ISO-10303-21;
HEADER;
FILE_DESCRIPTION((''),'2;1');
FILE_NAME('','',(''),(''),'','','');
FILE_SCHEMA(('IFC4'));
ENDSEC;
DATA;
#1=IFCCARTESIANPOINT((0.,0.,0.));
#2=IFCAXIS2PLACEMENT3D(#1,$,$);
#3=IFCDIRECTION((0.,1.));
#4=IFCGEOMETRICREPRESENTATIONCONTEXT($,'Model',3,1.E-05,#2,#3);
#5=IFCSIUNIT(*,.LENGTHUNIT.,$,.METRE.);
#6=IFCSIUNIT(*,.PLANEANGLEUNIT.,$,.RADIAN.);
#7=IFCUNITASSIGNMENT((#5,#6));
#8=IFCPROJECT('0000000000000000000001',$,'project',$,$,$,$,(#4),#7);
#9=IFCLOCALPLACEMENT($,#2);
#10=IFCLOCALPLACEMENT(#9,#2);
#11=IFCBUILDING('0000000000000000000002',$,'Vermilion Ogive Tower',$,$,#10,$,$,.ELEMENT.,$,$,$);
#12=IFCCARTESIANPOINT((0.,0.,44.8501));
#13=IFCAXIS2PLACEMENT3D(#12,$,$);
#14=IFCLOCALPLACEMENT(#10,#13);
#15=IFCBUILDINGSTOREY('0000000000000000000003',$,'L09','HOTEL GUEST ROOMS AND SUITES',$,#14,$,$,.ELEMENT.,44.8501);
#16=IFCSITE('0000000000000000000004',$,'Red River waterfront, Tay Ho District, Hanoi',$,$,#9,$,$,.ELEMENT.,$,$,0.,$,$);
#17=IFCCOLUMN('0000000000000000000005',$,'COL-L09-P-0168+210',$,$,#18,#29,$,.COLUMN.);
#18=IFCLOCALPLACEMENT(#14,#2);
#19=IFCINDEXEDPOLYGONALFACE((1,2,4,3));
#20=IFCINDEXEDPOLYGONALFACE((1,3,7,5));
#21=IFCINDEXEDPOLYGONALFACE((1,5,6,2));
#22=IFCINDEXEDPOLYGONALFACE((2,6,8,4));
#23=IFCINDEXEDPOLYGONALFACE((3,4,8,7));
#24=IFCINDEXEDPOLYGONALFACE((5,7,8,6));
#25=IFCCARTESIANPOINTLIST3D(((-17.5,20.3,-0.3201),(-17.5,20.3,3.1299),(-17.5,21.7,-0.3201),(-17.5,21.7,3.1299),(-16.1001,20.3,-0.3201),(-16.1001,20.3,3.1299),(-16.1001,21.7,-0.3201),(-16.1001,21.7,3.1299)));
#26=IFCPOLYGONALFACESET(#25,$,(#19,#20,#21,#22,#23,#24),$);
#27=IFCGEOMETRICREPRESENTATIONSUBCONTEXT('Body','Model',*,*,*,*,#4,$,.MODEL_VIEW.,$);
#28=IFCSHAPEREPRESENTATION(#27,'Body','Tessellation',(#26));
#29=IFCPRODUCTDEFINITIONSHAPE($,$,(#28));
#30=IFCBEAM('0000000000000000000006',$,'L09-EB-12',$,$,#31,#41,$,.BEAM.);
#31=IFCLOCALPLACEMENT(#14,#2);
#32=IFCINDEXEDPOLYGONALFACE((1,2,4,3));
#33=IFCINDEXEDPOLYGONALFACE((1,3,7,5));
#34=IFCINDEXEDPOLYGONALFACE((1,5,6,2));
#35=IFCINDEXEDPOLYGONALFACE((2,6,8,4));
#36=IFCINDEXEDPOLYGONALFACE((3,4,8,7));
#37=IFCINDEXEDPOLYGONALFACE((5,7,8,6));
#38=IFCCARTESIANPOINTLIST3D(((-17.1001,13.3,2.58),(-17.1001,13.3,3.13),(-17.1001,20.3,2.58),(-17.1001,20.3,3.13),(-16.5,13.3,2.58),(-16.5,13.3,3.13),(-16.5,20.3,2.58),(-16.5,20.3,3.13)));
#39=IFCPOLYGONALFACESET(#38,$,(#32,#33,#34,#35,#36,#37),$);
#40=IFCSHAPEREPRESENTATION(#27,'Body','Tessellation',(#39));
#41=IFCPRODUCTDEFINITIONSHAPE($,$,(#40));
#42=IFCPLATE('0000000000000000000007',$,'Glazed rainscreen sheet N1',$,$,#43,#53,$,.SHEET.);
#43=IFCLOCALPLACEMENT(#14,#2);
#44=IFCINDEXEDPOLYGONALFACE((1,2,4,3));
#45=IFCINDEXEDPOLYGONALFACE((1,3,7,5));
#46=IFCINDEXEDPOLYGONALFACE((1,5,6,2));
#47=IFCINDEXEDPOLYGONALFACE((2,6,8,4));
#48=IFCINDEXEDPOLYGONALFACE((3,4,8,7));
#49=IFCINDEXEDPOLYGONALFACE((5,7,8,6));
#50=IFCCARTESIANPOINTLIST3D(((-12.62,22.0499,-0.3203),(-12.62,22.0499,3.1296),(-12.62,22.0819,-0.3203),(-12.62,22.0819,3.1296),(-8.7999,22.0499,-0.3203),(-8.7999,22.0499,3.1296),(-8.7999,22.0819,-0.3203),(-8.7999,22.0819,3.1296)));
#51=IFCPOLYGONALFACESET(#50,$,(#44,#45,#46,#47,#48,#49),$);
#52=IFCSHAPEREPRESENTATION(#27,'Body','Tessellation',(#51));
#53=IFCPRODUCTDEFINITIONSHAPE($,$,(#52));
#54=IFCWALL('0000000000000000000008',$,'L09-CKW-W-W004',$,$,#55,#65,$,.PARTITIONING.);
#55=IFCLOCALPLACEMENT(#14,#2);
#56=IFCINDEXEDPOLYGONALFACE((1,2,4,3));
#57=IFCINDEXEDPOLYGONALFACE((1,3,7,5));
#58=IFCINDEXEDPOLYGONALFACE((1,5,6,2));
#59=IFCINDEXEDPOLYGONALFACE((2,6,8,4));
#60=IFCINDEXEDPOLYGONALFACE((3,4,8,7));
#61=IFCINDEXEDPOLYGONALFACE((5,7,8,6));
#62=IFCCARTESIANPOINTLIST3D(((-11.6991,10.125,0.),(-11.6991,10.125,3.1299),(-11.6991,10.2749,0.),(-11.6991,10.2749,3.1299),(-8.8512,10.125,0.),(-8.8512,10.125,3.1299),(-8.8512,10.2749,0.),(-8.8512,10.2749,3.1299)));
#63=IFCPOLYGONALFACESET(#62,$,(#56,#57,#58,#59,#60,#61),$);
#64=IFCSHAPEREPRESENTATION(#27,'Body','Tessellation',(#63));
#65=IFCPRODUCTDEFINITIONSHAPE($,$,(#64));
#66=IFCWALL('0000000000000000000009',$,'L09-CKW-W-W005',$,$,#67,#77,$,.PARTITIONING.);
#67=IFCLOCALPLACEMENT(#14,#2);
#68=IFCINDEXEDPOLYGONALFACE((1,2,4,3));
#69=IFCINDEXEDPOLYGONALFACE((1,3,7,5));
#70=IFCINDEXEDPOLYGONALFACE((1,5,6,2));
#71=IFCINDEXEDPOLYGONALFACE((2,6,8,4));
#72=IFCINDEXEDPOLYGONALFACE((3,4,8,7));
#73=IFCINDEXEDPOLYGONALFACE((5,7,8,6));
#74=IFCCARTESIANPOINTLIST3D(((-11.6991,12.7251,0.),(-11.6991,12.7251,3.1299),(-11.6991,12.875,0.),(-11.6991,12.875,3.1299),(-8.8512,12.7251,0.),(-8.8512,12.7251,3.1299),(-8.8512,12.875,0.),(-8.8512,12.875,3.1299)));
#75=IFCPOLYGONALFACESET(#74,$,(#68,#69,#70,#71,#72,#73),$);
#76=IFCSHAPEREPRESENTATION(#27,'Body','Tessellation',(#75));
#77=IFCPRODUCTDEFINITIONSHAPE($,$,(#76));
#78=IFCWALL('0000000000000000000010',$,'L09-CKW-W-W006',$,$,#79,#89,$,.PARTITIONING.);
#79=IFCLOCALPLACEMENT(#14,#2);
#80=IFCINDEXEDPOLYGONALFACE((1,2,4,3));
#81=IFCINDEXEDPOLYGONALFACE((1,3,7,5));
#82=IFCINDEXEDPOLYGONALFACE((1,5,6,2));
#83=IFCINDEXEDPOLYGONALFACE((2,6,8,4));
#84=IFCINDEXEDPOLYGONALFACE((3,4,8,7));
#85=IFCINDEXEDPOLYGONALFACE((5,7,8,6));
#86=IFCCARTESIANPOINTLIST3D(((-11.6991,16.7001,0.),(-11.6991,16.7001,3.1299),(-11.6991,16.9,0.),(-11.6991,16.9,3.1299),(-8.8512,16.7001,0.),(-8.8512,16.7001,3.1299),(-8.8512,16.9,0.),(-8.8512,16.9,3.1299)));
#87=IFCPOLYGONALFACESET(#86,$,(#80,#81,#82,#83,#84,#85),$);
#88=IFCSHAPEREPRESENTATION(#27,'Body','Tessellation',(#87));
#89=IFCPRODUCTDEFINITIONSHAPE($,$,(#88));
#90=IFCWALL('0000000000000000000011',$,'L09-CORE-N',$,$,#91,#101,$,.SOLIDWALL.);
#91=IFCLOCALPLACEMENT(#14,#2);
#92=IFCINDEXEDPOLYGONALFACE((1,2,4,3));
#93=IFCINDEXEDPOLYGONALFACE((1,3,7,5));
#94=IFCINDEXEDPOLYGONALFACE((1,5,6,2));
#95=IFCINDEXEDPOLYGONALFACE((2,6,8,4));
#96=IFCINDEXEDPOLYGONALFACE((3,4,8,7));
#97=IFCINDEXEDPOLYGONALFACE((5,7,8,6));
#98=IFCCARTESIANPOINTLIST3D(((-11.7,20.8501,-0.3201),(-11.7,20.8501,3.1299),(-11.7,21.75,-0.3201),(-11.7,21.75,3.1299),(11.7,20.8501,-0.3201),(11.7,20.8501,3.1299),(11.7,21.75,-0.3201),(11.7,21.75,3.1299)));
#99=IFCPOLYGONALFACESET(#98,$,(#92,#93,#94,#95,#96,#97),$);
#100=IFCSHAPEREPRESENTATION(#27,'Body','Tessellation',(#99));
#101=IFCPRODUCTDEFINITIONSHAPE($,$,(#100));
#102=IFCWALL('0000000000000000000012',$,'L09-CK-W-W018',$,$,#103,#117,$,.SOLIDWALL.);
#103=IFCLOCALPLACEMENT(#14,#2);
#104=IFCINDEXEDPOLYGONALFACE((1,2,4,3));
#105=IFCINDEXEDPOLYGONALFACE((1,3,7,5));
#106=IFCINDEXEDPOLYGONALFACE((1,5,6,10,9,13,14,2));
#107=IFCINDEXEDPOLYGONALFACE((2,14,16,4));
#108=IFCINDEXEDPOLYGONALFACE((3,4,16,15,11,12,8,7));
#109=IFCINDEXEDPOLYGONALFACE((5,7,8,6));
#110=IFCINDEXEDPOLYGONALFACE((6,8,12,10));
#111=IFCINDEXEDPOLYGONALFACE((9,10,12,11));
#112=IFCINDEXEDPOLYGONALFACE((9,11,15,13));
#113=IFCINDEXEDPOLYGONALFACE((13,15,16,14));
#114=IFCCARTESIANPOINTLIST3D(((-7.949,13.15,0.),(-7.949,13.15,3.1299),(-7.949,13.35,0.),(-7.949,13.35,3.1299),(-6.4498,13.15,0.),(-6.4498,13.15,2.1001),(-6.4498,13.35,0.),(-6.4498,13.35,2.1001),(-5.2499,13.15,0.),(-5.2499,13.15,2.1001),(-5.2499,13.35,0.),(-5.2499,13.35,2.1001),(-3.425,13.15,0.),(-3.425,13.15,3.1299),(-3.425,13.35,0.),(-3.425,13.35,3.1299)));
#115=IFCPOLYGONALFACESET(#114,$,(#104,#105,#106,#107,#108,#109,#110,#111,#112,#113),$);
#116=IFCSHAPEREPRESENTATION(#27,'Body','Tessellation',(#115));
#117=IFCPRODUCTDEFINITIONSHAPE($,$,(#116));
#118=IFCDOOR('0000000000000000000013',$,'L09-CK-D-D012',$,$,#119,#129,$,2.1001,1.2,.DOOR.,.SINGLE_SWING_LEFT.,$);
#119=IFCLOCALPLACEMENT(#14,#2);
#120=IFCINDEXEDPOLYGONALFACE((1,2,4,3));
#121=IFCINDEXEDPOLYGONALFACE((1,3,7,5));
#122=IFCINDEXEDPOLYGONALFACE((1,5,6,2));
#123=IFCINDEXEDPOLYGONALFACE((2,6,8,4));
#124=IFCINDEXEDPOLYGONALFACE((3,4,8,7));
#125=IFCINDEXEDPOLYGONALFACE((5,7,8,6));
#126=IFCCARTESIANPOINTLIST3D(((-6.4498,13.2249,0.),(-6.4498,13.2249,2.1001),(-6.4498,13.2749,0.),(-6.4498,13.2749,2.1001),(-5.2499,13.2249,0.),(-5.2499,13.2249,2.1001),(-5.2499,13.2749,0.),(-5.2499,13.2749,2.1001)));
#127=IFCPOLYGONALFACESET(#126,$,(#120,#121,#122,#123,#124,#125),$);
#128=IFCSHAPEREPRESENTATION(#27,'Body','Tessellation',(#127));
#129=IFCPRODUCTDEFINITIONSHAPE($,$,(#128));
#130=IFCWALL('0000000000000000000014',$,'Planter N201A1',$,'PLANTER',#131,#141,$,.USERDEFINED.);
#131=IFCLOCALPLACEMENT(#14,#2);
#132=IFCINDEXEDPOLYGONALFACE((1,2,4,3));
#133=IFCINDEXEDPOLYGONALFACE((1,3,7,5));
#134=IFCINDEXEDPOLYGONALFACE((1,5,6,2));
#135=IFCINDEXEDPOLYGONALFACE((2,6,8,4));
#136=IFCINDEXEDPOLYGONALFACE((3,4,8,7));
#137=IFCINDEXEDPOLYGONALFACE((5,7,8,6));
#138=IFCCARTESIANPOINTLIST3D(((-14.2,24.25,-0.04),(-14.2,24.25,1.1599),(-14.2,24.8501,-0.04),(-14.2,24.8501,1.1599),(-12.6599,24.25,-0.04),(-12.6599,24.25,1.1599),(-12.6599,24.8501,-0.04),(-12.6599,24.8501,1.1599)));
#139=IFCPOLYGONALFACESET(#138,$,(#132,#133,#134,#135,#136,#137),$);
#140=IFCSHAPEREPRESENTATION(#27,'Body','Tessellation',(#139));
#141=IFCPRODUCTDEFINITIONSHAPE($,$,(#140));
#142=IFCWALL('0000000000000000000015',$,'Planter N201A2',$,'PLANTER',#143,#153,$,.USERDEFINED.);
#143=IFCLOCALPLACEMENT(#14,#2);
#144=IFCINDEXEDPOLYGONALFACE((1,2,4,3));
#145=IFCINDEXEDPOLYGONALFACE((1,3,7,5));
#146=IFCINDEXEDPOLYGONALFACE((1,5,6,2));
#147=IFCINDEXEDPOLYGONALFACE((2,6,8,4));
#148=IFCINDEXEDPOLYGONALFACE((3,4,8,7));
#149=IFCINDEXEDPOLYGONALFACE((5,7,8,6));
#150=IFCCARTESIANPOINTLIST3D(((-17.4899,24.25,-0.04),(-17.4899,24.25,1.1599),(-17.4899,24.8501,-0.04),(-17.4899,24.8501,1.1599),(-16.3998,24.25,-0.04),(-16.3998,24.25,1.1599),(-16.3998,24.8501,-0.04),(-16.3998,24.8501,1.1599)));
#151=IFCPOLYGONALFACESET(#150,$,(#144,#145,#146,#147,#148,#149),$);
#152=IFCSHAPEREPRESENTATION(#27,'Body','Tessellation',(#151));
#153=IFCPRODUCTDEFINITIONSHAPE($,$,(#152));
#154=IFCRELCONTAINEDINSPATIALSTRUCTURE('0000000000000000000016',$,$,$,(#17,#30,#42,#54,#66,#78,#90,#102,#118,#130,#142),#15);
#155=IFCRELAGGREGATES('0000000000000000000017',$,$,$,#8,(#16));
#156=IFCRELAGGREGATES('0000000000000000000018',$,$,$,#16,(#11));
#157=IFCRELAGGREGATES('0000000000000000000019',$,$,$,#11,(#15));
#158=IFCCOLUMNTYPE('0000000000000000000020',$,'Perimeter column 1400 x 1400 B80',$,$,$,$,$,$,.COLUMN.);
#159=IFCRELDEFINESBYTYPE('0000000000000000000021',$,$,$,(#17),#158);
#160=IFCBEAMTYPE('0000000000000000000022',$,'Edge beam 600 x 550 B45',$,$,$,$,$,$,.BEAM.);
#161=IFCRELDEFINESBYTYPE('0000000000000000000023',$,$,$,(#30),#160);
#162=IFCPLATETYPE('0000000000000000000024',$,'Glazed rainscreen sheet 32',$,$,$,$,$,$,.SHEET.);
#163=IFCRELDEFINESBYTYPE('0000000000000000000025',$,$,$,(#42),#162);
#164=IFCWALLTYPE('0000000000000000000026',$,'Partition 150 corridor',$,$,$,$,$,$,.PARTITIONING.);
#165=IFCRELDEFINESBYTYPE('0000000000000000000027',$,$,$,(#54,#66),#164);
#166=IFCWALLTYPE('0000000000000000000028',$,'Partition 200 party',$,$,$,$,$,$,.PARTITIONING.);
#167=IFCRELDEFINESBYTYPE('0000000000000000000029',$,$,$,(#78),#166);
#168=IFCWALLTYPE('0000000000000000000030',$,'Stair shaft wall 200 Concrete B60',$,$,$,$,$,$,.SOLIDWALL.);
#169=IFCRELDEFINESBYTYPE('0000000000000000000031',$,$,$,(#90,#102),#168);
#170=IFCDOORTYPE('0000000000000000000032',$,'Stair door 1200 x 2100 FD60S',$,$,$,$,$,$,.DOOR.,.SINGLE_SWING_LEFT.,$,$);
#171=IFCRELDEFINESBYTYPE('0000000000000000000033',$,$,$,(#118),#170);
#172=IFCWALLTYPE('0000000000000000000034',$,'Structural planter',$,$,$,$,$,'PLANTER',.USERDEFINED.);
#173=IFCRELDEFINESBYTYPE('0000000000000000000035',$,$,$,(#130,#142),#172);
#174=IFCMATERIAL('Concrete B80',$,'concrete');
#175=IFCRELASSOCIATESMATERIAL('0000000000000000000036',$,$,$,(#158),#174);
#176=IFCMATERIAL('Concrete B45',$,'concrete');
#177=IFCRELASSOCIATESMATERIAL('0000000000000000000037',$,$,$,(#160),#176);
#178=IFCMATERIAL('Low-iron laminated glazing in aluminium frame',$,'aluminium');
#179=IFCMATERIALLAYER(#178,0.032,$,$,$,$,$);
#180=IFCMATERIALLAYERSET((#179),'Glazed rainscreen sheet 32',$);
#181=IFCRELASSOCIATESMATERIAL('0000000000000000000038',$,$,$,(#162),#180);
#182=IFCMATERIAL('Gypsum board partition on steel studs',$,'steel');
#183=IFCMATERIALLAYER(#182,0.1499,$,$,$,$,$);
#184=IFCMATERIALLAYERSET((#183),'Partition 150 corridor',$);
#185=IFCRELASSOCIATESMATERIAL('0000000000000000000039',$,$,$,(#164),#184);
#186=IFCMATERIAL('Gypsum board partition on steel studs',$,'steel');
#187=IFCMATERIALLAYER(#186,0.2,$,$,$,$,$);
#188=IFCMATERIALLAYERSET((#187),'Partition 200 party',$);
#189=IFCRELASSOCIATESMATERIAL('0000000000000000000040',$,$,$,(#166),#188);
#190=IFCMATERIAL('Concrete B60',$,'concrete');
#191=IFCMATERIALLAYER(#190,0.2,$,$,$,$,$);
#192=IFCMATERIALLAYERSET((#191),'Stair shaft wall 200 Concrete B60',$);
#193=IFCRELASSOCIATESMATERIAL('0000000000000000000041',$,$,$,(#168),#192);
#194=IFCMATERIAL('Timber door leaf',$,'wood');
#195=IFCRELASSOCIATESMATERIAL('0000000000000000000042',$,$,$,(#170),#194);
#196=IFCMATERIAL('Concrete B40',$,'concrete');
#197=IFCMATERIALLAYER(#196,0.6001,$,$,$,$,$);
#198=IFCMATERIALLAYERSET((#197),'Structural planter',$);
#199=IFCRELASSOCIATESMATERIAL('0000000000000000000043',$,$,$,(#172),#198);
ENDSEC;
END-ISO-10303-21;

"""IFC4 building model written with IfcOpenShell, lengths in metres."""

from ifc_helpers import new_model, si_unit, direction, frame, frame_2d, origin, origin_2d, place, context, subcontext, project, spatial, rectangle, extrude, material, layer, layer_set, material_profile, profile_set, type_object, element, fill, save


model = new_model("IFC4")

# Units and contexts
model_context = context("Model", 3, precision=1e-05, world=origin(), true_north=direction((0.0, 1.0)))
body_context = subcontext(model_context, "Body", "Model", "MODEL_VIEW")
ifc_project = project(units=[si_unit("LENGTHUNIT", "METRE"), si_unit("PLANEANGLEUNIT", "RADIAN")], contexts=[model_context])

# Site, building, storey
site_placement = place(None, origin())
site = spatial("IfcSite", under=ifc_project, at=site_placement, Name="Red River waterfront, Tay Ho District, Hanoi", CompositionType="ELEMENT", RefElevation=0.0)
building_placement = place(site_placement, origin())
building = spatial("IfcBuilding", under=site, at=building_placement, Name="Vermilion Ogive Tower", CompositionType="ELEMENT")
storey_placement = place(building_placement, frame((0.0, 0.0, 44.8501)))
storey = spatial("IfcBuildingStorey", under=building, at=storey_placement, Name="L09", Description="HOTEL GUEST ROOMS AND SUITES", CompositionType="ELEMENT", Elevation=44.8501)

# Column
ifc_material_1 = material(Name="Concrete B80", Category="concrete")
ifc_material_profile_1 = material_profile(ifc_material_1, rectangle(XDim=1.3999, YDim=1.3999, at=origin_2d()), Name="1400 x 1400")
ifc_profile_set_1 = profile_set([ifc_material_profile_1], Name="Concrete B80")
column_type = type_object("IfcColumnType", Name="Perimeter column 1400 x 1400 B80", PredefinedType="COLUMN", material=ifc_profile_set_1)
column_placement = place(storey_placement, frame((-16.8, 21.0, -0.3201), z_axis=(0.0, 0.0, 1.0), x_axis=(1.0, 0.0, 0.0)))
element("IfcColumn", 1, at=column_placement, inside=storey, type_object=column_type, Name="COL-L09-P-0168+210", PredefinedType="COLUMN", context=body_context, shape_type="SweptSolid", body=[
    extrude(rectangle(XDim=1.3999, YDim=1.3999, at=origin_2d()), origin(), (0.0, 0.0, 1.0), 3.45),
])

# Beam
ifc_material_2 = material(Name="Concrete B45", Category="concrete")
ifc_material_profile_2 = material_profile(ifc_material_2, rectangle(XDim=0.6001, YDim=0.55, at=origin_2d()), Name="600 x 550")
ifc_profile_set_2 = profile_set([ifc_material_profile_2], Name="Concrete B45")
beam_type = type_object("IfcBeamType", Name="Edge beam 600 x 550 B45", PredefinedType="BEAM", material=ifc_profile_set_2)
beam_placement = place(storey_placement, frame((-16.8, 20.3, 2.855), z_axis=(0.0, -1.0, 0.0), x_axis=(1.0, 0.0, 0.0)))
element("IfcBeam", 2, at=beam_placement, inside=storey, type_object=beam_type, Name="L09-EB-12", PredefinedType="BEAM", context=body_context, shape_type="SweptSolid", body=[
    extrude(rectangle(XDim=0.6001, YDim=0.55, at=origin_2d()), origin(), (0.0, 0.0, 1.0), 7.0),
])

# Plate
ifc_material_3 = material(Name="Low-iron laminated glazing in aluminium frame", Category="aluminium")
ifc_layer_1 = layer(ifc_material_3, 0.032)
ifc_layer_set_1 = layer_set([ifc_layer_1], Name="Glazed rainscreen sheet 32")
plate_type = type_object("IfcPlateType", Name="Glazed rainscreen sheet 32", PredefinedType="SHEET", material=ifc_layer_set_1)
plate_placement = place(storey_placement, frame((-10.71, 22.0659, -0.3203), z_axis=(0.0, 0.0, 1.0), x_axis=(1.0, 0.0, 0.0)))
element("IfcPlate", 3, at=plate_placement, inside=storey, type_object=plate_type, Name="Glazed rainscreen sheet N1", PredefinedType="SHEET", context=body_context, shape_type="SweptSolid", body=[
    extrude(rectangle(XDim=3.8201, YDim=0.032, at=origin_2d()), origin(), (0.0, 0.0, 1.0), 3.45),
])

# Walls
ifc_material_4 = material(Name="Gypsum board partition on steel studs", Category="steel")
ifc_layer_2 = layer(ifc_material_4, 0.1499)
ifc_layer_set_2 = layer_set([ifc_layer_2], Name="Partition 150 corridor")
wall_type_1 = type_object("IfcWallType", Name="Partition 150 corridor", PredefinedType="PARTITIONING", material=ifc_layer_set_2)
for number, where, z_axis, x_axis, name in (
    (4, (-11.699, 10.2, 0.0), (0.0, 0.0, 1.0), (1.0, 0.0, 0.0), "L09-CKW-W-W004"),
    (5, (-11.699, 12.8, 0.0), (0.0, 0.0, 1.0), (1.0, 0.0, 0.0), "L09-CKW-W-W005"),
):
    element("IfcWall", number, at=place(storey_placement, frame(where, z_axis=z_axis, x_axis=x_axis)), inside=storey, type_object=wall_type_1, Name=name, PredefinedType="PARTITIONING", context=body_context, shape_type="SweptSolid", body=[
        extrude(rectangle(XDim=2.8479, YDim=0.1499, at=frame_2d((1.4238, 0.0))), origin(), (0.0, 0.0, 1.0), 3.1299),
    ])
ifc_material_5 = material(Name="Gypsum board partition on steel studs", Category="steel")
ifc_layer_3 = layer(ifc_material_5, 0.2)
ifc_layer_set_3 = layer_set([ifc_layer_3], Name="Partition 200 party")
wall_type_2 = type_object("IfcWallType", Name="Partition 200 party", PredefinedType="PARTITIONING", material=ifc_layer_set_3)
wall_1_placement = place(storey_placement, frame((-11.699, 16.8, 0.0), z_axis=(0.0, 0.0, 1.0), x_axis=(1.0, 0.0, 0.0)))
element("IfcWall", 6, at=wall_1_placement, inside=storey, type_object=wall_type_2, Name="L09-CKW-W-W006", PredefinedType="PARTITIONING", context=body_context, shape_type="SweptSolid", body=[
    extrude(rectangle(XDim=2.8479, YDim=0.2, at=frame_2d((1.4238, 0.0))), origin(), (0.0, 0.0, 1.0), 3.1299),
])
ifc_material_6 = material(Name="Concrete B60", Category="concrete")
ifc_layer_4 = layer(ifc_material_6, 0.2)
ifc_layer_set_4 = layer_set([ifc_layer_4], Name="Stair shaft wall 200 Concrete B60")
wall_type_3 = type_object("IfcWallType", Name="Stair shaft wall 200 Concrete B60", PredefinedType="SOLIDWALL", material=ifc_layer_set_4)
wall_2_placement = place(storey_placement, frame((-11.7, 21.3, -0.3201), z_axis=(0.0, 0.0, 1.0), x_axis=(1.0, 0.0, 0.0)))
element("IfcWall", 7, at=wall_2_placement, inside=storey, type_object=wall_type_3, Name="L09-CORE-N", PredefinedType="SOLIDWALL", context=body_context, shape_type="SweptSolid", body=[
    extrude(rectangle(XDim=23.3999, YDim=0.8999, at=frame_2d((11.7, 0.0))), origin(), (0.0, 0.0, 1.0), 3.45),
])

# Wall, opening, door
wall_3_placement = place(storey_placement, frame((-7.949, 13.25, 0.0), z_axis=(0.0, 0.0, 1.0), x_axis=(1.0, 0.0, 0.0)))
wall_3 = element("IfcWall", 8, at=wall_3_placement, inside=storey, type_object=wall_type_3, Name="L09-CK-W-W018", PredefinedType="SOLIDWALL", context=body_context, shape_type="SweptSolid", body=[
    extrude(rectangle(XDim=4.5239, YDim=0.2, at=frame_2d((2.262, 0.0))), origin(), (0.0, 0.0, 1.0), 3.1299),
])
opening_1_placement = place(wall_3_placement, frame((1.499, 0.0, 0.0)))
opening_1 = element("IfcOpeningElement", 9, at=opening_1_placement, cuts=wall_3, PredefinedType="OPENING", context=body_context, shape_type="SweptSolid", body=[
    extrude(rectangle(XDim=1.2, YDim=2.1001, at=frame_2d((0.6001, 1.05))), frame((0.0, 0.1099, 0.0), z_axis=(0.0, -1.0, 0.0), x_axis=(1.0, 0.0, 0.0)), (0.0, 0.0, 1.0), 0.22),
])
ifc_material_7 = material(Name="Timber door leaf", Category="wood")
door_type_1 = type_object("IfcDoorType", Name="Stair door 1200 x 2100 FD60S", OperationType="SINGLE_SWING_LEFT", PredefinedType="DOOR", material=ifc_material_7)
door_1_placement = place(opening_1_placement, origin())
door_1 = element("IfcDoor", 10, at=door_1_placement, inside=storey, type_object=door_type_1, Name="L09-CK-D-D012", OperationType="SINGLE_SWING_LEFT", OverallHeight=2.1001, OverallWidth=1.2, PredefinedType="DOOR", context=body_context, shape_type="SweptSolid", body=[
    extrude(rectangle(XDim=1.2, YDim=2.1001, at=frame_2d((0.6001, 1.05))), frame((0.0, 0.0249, 0.0), z_axis=(0.0, -1.0, 0.0), x_axis=(1.0, 0.0, 0.0)), (0.0, 0.0, 1.0), 0.05),
])
fill(opening_1, door_1)

# Walls
ifc_material_8 = material(Name="Concrete B40", Category="concrete")
ifc_layer_5 = layer(ifc_material_8, 0.6001)
ifc_layer_set_5 = layer_set([ifc_layer_5], Name="Structural planter")
wall_type_4 = type_object("IfcWallType", Name="Structural planter", ElementType="PLANTER", PredefinedType="USERDEFINED", material=ifc_layer_set_5)
wall_4_placement = place(storey_placement, frame((-12.6599, 24.55, -0.04), z_axis=(0.0, 0.0, 1.0), x_axis=(-1.0, 0.0, 0.0)))
element("IfcWall", 11, at=wall_4_placement, inside=storey, type_object=wall_type_4, Name="Planter N201A1", ObjectType="PLANTER", PredefinedType="USERDEFINED", context=body_context, shape_type="SweptSolid", body=[
    extrude(rectangle(XDim=1.54, YDim=0.6001, at=frame_2d((0.77, 0.0))), origin(), (0.0, 0.0, 1.0), 1.2),
])
wall_5_placement = place(storey_placement, frame((-16.3999, 24.55, -0.04), z_axis=(0.0, 0.0, 1.0), x_axis=(-1.0, 0.0, 0.0)))
element("IfcWall", 12, at=wall_5_placement, inside=storey, type_object=wall_type_4, Name="Planter N201A2", ObjectType="PLANTER", PredefinedType="USERDEFINED", context=body_context, shape_type="SweptSolid", body=[
    extrude(rectangle(XDim=1.0901, YDim=0.6001, at=frame_2d((0.5449, 0.0))), origin(), (0.0, 0.0, 1.0), 1.2),
])

save(model, "model.ifc")
